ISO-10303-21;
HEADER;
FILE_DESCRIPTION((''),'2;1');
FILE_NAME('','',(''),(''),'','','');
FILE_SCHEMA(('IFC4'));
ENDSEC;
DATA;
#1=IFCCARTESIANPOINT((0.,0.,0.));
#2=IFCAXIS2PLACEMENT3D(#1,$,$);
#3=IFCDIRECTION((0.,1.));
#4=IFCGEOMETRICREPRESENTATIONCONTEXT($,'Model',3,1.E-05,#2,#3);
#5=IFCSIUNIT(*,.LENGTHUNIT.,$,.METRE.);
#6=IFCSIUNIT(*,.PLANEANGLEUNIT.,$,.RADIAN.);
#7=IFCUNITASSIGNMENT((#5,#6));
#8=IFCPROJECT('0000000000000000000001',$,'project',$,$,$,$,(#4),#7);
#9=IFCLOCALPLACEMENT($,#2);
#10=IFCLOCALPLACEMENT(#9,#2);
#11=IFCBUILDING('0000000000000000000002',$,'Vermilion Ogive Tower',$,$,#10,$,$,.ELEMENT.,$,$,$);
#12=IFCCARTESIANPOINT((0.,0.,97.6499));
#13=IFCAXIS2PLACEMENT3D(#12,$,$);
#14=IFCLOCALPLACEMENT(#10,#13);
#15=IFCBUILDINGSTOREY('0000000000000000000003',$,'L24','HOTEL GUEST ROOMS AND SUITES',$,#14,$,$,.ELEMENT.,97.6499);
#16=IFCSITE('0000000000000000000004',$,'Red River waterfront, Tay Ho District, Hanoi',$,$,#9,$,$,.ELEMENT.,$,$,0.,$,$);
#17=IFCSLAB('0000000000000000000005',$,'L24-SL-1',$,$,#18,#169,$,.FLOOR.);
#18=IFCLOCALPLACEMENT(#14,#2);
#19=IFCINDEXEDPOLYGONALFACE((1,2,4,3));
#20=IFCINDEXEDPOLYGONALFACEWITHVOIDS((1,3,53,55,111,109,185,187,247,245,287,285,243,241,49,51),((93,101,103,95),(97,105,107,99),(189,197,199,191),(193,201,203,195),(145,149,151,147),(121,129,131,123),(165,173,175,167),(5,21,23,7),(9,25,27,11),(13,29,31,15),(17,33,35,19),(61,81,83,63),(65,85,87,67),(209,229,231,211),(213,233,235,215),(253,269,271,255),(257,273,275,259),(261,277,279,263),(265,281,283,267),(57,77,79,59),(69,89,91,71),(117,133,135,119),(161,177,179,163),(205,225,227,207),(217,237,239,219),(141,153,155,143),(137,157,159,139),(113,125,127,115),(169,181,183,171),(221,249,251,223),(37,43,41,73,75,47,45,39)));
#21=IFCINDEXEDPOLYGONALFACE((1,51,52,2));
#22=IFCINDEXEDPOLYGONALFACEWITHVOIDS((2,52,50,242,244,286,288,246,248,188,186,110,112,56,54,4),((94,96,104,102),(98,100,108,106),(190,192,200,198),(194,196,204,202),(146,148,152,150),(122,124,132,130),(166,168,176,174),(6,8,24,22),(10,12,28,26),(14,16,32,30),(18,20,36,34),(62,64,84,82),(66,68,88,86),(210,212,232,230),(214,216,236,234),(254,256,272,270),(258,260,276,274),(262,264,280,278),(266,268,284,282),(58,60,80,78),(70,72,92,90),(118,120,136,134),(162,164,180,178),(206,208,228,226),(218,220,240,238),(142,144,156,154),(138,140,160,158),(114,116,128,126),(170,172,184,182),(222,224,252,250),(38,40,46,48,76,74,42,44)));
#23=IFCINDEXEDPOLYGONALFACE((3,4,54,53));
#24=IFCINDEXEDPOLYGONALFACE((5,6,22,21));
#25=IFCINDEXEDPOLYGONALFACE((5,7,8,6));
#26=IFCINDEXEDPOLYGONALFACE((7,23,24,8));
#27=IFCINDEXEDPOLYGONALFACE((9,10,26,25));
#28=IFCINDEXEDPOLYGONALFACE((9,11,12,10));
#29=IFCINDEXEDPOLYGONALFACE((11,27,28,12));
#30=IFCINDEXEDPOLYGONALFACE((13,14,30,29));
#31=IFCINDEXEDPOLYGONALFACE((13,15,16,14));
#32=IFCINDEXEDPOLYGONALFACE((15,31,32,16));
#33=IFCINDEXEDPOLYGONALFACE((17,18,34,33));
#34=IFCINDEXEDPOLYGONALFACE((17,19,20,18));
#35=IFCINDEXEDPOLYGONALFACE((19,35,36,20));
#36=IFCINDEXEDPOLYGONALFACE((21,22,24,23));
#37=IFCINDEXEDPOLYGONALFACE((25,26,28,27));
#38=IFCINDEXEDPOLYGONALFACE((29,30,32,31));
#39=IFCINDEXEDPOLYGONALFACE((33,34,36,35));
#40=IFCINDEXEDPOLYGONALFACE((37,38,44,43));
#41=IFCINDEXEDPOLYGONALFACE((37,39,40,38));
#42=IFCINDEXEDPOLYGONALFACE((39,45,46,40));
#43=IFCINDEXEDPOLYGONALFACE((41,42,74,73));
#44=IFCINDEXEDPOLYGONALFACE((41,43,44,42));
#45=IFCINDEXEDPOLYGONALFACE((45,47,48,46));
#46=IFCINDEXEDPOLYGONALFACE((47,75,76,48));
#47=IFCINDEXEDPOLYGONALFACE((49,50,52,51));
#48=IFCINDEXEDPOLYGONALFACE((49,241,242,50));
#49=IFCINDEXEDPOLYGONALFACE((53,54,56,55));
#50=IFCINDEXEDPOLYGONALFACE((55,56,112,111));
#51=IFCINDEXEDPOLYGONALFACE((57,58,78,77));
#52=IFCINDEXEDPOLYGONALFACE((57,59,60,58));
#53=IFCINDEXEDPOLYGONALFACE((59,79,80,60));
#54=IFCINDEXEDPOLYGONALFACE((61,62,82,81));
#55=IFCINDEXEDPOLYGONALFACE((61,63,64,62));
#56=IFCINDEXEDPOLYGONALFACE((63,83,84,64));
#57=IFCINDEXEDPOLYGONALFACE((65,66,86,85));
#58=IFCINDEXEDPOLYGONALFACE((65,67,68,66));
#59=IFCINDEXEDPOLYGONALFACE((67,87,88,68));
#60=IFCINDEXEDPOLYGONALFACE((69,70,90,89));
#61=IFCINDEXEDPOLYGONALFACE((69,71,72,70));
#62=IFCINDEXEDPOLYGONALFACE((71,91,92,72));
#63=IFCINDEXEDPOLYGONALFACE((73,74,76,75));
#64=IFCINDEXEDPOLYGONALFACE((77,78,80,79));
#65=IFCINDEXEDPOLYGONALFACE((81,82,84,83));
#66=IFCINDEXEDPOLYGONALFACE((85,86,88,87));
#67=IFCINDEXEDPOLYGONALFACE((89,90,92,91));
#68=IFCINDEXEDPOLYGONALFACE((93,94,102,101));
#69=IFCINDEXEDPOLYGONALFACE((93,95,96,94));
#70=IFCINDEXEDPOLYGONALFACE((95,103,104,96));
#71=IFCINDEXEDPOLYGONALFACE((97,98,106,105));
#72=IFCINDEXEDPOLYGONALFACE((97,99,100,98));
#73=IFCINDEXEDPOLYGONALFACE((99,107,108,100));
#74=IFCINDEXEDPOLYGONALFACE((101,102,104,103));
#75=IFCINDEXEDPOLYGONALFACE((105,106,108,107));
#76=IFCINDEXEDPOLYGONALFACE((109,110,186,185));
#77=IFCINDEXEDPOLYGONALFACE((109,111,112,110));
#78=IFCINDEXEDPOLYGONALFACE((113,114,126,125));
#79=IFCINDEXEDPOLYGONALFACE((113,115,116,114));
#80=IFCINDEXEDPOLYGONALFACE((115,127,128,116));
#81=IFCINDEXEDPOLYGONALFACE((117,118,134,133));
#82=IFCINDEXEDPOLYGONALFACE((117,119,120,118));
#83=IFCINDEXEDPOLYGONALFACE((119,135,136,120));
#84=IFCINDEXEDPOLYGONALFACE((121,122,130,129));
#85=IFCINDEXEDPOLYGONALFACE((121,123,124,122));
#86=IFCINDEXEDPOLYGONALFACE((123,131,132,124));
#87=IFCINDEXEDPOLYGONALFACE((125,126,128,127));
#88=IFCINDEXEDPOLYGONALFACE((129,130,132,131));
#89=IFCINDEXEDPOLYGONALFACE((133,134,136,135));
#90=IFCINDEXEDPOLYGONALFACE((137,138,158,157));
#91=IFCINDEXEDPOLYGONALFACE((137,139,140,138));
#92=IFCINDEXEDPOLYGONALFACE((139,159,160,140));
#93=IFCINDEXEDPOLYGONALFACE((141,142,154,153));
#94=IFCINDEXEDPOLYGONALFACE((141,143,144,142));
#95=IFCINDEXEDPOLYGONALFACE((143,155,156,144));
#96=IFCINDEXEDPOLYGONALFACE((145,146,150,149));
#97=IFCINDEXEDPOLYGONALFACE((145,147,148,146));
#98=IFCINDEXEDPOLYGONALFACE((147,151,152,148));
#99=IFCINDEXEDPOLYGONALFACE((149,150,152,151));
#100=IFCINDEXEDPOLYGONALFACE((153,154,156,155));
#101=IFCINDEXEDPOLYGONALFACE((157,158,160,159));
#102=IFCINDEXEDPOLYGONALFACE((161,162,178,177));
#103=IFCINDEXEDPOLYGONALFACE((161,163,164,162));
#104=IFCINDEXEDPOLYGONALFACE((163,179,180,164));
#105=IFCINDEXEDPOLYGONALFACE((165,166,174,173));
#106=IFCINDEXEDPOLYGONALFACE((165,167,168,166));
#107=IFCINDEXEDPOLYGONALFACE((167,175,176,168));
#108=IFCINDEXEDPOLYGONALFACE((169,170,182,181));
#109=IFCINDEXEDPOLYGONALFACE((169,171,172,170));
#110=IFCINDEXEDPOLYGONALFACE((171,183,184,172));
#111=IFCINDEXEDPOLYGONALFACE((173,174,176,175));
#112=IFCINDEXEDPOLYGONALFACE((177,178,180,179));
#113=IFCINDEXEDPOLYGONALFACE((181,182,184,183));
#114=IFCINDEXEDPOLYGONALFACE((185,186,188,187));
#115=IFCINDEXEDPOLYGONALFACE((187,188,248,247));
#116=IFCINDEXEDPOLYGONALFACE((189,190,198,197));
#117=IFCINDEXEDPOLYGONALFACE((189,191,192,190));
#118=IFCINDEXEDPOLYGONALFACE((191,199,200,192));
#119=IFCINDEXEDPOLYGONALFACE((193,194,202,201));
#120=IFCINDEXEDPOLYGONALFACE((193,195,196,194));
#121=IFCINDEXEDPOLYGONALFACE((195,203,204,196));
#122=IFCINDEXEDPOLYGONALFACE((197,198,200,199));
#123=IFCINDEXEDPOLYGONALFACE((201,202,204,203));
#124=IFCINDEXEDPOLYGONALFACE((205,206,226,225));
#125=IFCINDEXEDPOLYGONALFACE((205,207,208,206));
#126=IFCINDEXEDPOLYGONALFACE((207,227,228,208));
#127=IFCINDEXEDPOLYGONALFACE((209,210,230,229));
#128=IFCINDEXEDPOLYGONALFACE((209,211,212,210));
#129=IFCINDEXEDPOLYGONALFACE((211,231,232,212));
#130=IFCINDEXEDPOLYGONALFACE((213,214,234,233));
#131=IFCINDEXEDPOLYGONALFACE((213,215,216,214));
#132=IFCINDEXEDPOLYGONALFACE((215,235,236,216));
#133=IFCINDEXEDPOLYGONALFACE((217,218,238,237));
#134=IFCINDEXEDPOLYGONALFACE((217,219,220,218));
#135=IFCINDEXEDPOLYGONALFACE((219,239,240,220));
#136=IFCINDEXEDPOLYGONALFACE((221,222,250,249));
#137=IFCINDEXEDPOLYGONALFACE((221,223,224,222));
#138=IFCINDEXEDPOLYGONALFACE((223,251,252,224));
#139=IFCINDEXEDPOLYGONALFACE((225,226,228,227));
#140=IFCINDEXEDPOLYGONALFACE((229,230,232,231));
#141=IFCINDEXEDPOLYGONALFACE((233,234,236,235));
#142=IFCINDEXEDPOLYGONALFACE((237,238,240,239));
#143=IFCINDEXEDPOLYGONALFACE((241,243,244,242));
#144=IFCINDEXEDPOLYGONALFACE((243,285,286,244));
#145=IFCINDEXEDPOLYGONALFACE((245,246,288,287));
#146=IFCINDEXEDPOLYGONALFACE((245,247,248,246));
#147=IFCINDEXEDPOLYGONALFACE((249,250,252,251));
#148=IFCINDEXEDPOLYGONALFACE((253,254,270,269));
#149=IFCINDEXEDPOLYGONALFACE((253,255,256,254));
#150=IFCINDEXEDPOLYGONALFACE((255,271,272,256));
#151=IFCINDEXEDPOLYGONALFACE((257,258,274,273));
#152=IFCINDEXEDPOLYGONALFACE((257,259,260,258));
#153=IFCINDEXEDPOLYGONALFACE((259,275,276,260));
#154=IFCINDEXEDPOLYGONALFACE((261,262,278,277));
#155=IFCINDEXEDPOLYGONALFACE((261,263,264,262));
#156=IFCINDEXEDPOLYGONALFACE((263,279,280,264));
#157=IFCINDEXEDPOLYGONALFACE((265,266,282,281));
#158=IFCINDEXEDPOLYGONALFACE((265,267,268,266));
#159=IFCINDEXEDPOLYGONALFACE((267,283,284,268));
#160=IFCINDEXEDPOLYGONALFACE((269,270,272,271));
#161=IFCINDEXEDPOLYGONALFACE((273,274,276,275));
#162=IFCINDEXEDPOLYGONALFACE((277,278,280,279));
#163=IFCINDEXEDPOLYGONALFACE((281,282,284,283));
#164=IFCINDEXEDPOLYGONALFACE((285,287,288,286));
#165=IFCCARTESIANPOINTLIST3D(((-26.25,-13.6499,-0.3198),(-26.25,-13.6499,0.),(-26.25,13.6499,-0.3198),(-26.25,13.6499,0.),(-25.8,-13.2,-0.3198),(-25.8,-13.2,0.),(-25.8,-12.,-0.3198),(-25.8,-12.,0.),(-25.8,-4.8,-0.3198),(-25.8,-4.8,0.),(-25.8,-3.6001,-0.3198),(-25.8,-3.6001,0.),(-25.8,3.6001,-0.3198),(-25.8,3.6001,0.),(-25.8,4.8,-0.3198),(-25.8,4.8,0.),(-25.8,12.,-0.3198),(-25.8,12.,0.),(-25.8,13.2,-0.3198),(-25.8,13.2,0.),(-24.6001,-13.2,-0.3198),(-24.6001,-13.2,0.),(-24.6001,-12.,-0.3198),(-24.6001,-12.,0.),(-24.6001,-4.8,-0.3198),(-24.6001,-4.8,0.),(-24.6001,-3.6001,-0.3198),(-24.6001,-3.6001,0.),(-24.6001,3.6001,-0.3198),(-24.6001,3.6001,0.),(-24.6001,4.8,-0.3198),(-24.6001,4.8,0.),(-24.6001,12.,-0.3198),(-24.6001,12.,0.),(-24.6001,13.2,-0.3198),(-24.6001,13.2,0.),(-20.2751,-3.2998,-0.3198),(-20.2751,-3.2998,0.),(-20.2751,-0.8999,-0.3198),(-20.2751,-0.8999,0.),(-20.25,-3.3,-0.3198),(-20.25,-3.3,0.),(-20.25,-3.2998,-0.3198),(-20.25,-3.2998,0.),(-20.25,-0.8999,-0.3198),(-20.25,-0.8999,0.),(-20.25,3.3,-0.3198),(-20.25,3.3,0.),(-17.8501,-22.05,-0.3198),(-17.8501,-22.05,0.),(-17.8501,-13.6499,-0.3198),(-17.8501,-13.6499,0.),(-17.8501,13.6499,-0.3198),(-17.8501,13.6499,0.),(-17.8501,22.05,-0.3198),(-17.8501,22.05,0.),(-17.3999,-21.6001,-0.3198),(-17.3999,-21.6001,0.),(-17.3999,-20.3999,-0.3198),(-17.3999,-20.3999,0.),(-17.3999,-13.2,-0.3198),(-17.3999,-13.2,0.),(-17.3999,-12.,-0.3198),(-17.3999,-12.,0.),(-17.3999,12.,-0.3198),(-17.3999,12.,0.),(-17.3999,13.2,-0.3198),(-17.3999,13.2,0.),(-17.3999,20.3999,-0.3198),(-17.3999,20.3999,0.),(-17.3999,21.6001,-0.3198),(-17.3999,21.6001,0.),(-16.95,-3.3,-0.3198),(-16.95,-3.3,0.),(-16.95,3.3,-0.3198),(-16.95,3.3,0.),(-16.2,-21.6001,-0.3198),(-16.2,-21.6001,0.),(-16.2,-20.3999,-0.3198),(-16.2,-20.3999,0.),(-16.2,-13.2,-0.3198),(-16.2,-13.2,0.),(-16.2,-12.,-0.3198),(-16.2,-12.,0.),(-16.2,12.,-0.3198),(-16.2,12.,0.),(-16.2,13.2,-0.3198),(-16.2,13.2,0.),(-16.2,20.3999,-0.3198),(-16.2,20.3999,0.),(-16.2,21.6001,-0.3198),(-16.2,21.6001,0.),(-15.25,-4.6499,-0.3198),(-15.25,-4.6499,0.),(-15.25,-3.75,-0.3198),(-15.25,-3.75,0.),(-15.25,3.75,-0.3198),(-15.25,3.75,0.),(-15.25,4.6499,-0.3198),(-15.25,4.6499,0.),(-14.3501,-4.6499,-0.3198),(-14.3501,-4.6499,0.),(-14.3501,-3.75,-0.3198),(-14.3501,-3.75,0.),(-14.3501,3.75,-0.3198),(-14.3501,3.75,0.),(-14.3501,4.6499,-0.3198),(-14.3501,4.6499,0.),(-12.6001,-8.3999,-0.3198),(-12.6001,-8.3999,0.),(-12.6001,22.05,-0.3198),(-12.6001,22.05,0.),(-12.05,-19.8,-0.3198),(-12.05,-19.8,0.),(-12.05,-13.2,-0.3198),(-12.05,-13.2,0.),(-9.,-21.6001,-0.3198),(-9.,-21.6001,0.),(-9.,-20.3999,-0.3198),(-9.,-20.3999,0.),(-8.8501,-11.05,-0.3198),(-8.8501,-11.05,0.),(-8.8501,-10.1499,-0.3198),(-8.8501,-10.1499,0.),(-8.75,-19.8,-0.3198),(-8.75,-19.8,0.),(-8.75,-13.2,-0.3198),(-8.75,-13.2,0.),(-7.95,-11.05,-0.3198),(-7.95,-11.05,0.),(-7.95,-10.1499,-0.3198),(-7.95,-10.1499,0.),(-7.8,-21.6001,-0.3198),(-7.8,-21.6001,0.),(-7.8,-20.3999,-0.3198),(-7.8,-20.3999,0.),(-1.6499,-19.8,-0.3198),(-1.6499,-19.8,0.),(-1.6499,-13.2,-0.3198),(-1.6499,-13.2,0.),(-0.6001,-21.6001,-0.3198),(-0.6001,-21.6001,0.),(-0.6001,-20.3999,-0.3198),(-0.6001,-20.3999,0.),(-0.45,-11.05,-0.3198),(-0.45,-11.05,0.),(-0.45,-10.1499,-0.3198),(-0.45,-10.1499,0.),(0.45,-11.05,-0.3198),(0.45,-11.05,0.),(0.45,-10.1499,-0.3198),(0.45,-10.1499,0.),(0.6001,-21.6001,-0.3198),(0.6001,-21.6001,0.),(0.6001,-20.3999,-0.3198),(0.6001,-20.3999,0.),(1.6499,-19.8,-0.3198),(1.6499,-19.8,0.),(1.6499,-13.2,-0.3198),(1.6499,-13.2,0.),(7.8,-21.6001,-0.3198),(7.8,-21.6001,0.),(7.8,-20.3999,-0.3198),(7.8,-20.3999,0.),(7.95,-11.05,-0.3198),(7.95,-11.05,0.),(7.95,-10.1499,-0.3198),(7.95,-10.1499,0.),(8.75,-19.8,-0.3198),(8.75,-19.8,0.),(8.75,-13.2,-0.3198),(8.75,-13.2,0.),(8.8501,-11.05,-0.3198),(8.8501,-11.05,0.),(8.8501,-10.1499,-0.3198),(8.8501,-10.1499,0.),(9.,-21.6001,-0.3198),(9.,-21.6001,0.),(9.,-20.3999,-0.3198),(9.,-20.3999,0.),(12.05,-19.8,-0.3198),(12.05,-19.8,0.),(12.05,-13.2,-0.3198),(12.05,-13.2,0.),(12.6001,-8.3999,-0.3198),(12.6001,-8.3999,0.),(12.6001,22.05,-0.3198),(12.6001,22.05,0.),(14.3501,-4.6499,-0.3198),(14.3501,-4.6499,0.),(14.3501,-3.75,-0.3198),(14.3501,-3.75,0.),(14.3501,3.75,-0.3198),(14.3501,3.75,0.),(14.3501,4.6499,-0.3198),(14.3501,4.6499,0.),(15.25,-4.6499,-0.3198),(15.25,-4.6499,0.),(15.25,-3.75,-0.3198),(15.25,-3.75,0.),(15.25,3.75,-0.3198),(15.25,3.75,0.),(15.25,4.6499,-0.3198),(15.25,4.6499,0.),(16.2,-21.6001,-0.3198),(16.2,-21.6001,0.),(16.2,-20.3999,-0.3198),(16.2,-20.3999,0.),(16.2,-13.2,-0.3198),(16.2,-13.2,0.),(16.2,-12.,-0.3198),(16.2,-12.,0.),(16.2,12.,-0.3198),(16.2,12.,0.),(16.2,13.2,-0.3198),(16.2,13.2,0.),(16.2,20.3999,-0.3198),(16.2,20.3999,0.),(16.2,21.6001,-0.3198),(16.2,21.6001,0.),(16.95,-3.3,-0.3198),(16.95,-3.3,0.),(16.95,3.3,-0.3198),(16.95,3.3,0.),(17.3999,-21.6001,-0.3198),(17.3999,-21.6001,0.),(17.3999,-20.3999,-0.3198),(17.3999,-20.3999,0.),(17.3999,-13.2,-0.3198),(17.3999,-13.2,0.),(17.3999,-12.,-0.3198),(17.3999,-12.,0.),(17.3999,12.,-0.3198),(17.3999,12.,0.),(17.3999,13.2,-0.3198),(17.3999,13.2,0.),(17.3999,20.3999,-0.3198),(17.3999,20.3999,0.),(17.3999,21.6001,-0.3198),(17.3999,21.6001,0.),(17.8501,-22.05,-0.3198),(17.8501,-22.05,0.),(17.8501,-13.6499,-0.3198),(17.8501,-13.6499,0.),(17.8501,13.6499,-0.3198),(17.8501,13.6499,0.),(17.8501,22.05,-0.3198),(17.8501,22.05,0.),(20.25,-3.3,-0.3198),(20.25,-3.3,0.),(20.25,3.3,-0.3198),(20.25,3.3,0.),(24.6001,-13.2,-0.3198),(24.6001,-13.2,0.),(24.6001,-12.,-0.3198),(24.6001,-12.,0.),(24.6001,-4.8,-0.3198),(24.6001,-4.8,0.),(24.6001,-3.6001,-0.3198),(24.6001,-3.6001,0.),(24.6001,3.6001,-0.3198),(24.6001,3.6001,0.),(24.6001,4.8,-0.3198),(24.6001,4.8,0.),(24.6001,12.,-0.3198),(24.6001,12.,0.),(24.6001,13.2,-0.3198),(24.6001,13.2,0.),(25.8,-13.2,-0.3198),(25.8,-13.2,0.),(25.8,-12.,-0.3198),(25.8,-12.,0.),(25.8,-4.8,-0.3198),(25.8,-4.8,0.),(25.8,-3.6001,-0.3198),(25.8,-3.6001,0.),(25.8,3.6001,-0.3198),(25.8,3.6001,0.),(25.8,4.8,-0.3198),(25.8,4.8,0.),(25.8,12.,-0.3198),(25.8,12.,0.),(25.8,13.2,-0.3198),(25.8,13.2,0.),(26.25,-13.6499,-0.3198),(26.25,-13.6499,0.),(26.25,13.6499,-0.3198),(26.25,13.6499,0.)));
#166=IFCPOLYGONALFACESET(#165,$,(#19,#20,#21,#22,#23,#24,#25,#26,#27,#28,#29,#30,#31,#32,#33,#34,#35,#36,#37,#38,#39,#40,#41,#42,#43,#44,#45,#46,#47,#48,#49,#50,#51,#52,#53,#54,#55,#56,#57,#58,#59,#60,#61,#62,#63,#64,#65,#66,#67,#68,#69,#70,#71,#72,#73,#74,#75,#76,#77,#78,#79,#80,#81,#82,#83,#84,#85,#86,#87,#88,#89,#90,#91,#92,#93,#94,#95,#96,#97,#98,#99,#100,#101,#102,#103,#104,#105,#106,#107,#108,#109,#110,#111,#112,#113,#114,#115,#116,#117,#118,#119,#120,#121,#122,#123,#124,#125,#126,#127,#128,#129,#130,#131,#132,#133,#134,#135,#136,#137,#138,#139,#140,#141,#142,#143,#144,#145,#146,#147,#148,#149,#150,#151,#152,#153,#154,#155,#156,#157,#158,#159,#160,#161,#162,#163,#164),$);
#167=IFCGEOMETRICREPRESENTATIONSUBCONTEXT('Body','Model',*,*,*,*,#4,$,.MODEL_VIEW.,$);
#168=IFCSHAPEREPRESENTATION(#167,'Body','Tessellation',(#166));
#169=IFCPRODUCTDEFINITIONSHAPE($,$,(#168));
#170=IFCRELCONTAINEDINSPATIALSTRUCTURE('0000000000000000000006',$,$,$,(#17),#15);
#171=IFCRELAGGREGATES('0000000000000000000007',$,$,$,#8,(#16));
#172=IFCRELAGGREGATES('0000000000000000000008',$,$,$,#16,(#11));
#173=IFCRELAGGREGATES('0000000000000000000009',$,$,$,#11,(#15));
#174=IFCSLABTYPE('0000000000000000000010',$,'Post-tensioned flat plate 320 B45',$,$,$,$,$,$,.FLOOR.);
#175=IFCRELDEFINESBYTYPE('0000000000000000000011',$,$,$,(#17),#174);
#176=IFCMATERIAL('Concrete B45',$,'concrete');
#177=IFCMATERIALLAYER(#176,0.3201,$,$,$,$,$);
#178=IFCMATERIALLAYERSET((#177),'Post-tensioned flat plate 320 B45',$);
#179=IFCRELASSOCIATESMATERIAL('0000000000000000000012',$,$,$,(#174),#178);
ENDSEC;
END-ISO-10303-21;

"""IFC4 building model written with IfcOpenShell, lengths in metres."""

from ifc_helpers import new_model, si_unit, direction, frame, origin, place, context, subcontext, project, spatial, polyline, outline, extrude, material, layer, layer_set, type_object, element, save


model = new_model("IFC4")

# Units and contexts
model_context = context("Model", 3, precision=1e-05, world=origin(), true_north=direction((0.0, 1.0)))
body_context = subcontext(model_context, "Body", "Model", "MODEL_VIEW")
ifc_project = project(units=[si_unit("LENGTHUNIT", "METRE"), si_unit("PLANEANGLEUNIT", "RADIAN")], contexts=[model_context])

# Site, building, storey
site_placement = place(None, origin())
site = spatial("IfcSite", under=ifc_project, at=site_placement, Name="Red River waterfront, Tay Ho District, Hanoi", CompositionType="ELEMENT", RefElevation=0.0)
building_placement = place(site_placement, origin())
building = spatial("IfcBuilding", under=site, at=building_placement, Name="Vermilion Ogive Tower", CompositionType="ELEMENT")
storey_placement = place(building_placement, frame((0.0, 0.0, 97.6499)))
storey = spatial("IfcBuildingStorey", under=building, at=storey_placement, Name="L24", Description="HOTEL GUEST ROOMS AND SUITES", CompositionType="ELEMENT", Elevation=97.6499)

# Slab
ifc_material_1 = material(Name="Concrete B45", Category="concrete")
ifc_layer_1 = layer(ifc_material_1, 0.3201)
ifc_layer_set_1 = layer_set([ifc_layer_1], Name="Post-tensioned flat plate 320 B45")
slab_type_1 = type_object("IfcSlabType", Name="Post-tensioned flat plate 320 B45", PredefinedType="FLOOR", material=ifc_layer_set_1)
slab_1_placement = place(storey_placement, frame((0.0, 0.0, -0.3198)))
element("IfcSlab", 1, at=slab_1_placement, inside=storey, type_object=slab_type_1, Name="L24-SL-1", PredefinedType="FLOOR", context=body_context, shape_type="SweptSolid", body=[
    extrude(outline(polyline([(-26.25, -13.6499), (-17.8501, -13.6499), (-17.8501, -22.05), (17.8501, -22.05), (17.8501, -13.6499), (26.25, -13.6499), (26.25, 13.6499), (17.8501, 13.6499), (17.8501, 22.05), (12.6001, 22.05), (12.6001, -8.3999), (-12.6001, -8.3999), (-12.6001, 22.05), (-17.8501, 22.05), (-17.8501, 13.6499), (-26.25, 13.6499), (-26.25, -13.6499)]), holes=[polyline([(25.8, -3.6001), (25.8, -4.8), (24.6001, -4.8), (24.6001, -3.6001), (25.8, -3.6001)]), polyline([(25.8, -12.0), (25.8, -13.2), (24.6001, -13.2), (24.6001, -12.0), (25.8, -12.0)]), polyline([(25.8, 12.0), (24.6001, 12.0), (24.6001, 13.2), (25.8, 13.2), (25.8, 12.0)]), polyline([(25.8, 3.6001), (24.6001, 3.6001), (24.6001, 4.8), (25.8, 4.8), (25.8, 3.6001)]), polyline([(20.25, 3.3), (20.25, -3.3), (16.95, -3.3), (16.95, 3.3), (20.25, 3.3)]), polyline([(17.3999, -12.0), (17.3999, -13.2), (16.2, -13.2), (16.2, -12.0), (17.3999, -12.0)]), polyline([(17.3999, 20.3999), (16.2, 20.3999), (16.2, 21.6001), (17.3999, 21.6001), (17.3999, 20.3999)]), polyline([(17.3999, -20.3999), (17.3999, -21.6001), (16.2, -21.6001), (16.2, -20.3999), (17.3999, -20.3999)]), polyline([(17.3999, 13.2), (17.3999, 12.0), (16.2, 12.0), (16.2, 13.2), (17.3999, 13.2)]), polyline([(15.25, 4.6499), (15.25, 3.75), (14.3501, 3.75), (14.3501, 4.6499), (15.25, 4.6499)]), polyline([(15.25, -4.6499), (14.3501, -4.6499), (14.3501, -3.75), (15.25, -3.75), (15.25, -4.6499)]), polyline([(12.05, -13.2), (12.05, -19.8), (8.75, -19.8), (8.75, -13.2), (12.05, -13.2)]), polyline([(9.0, -20.3999), (9.0, -21.6001), (7.8, -21.6001), (7.8, -20.3999), (9.0, -20.3999)]), polyline([(8.8501, -11.05), (7.95, -11.05), (7.95, -10.1499), (8.8501, -10.1499), (8.8501, -11.05)]), polyline([(1.6499, -13.2), (1.6499, -19.8), (-1.6499, -19.8), (-1.6499, -13.2), (1.6499, -13.2)]), polyline([(0.6001, -20.3999), (0.6001, -21.6001), (-0.6001, -21.6001), (-0.6001, -20.3999), (0.6001, -20.3999)]), polyline([(0.45, -10.1499), (0.45, -11.05), (-0.45, -11.05), (-0.45, -10.1499), (0.45, -10.1499)]), polyline([(-7.8, -20.3999), (-7.8, -21.6001), (-9.0, -21.6001), (-9.0, -20.3999), (-7.8, -20.3999)]), polyline([(-7.95, -10.1499), (-7.95, -11.05), (-8.8501, -11.05), (-8.8501, -10.1499), (-7.95, -10.1499)]), polyline([(-8.75, -13.2), (-8.75, -19.8), (-12.05, -19.8), (-12.05, -13.2), (-8.75, -13.2)]), polyline([(-14.3501, 4.6499), (-14.3501, 3.75), (-15.25, 3.75), (-15.25, 4.6499), (-14.3501, 4.6499)]), polyline([(-14.3501, -4.6499), (-15.25, -4.6499), (-15.25, -3.75), (-14.3501, -3.75), (-14.3501, -4.6499)]), polyline([(-16.2, 13.2), (-16.2, 12.0), (-17.3999, 12.0), (-17.3999, 13.2), (-16.2, 13.2)]), polyline([(-16.2, -12.0), (-16.2, -13.2), (-17.3999, -13.2), (-17.3999, -12.0), (-16.2, -12.0)]), polyline([(-16.2, -20.3999), (-16.2, -21.6001), (-17.3999, -21.6001), (-17.3999, -20.3999), (-16.2, -20.3999)]), polyline([(-16.2, 20.3999), (-17.3999, 20.3999), (-17.3999, 21.6001), (-16.2, 21.6001), (-16.2, 20.3999)]), polyline([(-16.95, 3.3), (-16.95, -3.3), (-20.25, -3.3), (-20.25, -3.2998), (-20.2751, -3.2998), (-20.2751, -0.8999), (-20.25, -0.8999), (-20.25, 3.3), (-16.95, 3.3)]), polyline([(-24.6001, 3.6001), (-25.8, 3.6001), (-25.8, 4.8), (-24.6001, 4.8), (-24.6001, 3.6001)]), polyline([(-24.6001, 13.2), (-24.6001, 12.0), (-25.8, 12.0), (-25.8, 13.2), (-24.6001, 13.2)]), polyline([(-24.6001, -3.6001), (-24.6001, -4.8), (-25.8, -4.8), (-25.8, -3.6001), (-24.6001, -3.6001)]), polyline([(-24.6001, -12.0), (-24.6001, -13.2), (-25.8, -13.2), (-25.8, -12.0), (-24.6001, -12.0)])]), origin(), (0.0, 0.0, 1.0), 0.3198),
])

save(model, "model.ifc")
